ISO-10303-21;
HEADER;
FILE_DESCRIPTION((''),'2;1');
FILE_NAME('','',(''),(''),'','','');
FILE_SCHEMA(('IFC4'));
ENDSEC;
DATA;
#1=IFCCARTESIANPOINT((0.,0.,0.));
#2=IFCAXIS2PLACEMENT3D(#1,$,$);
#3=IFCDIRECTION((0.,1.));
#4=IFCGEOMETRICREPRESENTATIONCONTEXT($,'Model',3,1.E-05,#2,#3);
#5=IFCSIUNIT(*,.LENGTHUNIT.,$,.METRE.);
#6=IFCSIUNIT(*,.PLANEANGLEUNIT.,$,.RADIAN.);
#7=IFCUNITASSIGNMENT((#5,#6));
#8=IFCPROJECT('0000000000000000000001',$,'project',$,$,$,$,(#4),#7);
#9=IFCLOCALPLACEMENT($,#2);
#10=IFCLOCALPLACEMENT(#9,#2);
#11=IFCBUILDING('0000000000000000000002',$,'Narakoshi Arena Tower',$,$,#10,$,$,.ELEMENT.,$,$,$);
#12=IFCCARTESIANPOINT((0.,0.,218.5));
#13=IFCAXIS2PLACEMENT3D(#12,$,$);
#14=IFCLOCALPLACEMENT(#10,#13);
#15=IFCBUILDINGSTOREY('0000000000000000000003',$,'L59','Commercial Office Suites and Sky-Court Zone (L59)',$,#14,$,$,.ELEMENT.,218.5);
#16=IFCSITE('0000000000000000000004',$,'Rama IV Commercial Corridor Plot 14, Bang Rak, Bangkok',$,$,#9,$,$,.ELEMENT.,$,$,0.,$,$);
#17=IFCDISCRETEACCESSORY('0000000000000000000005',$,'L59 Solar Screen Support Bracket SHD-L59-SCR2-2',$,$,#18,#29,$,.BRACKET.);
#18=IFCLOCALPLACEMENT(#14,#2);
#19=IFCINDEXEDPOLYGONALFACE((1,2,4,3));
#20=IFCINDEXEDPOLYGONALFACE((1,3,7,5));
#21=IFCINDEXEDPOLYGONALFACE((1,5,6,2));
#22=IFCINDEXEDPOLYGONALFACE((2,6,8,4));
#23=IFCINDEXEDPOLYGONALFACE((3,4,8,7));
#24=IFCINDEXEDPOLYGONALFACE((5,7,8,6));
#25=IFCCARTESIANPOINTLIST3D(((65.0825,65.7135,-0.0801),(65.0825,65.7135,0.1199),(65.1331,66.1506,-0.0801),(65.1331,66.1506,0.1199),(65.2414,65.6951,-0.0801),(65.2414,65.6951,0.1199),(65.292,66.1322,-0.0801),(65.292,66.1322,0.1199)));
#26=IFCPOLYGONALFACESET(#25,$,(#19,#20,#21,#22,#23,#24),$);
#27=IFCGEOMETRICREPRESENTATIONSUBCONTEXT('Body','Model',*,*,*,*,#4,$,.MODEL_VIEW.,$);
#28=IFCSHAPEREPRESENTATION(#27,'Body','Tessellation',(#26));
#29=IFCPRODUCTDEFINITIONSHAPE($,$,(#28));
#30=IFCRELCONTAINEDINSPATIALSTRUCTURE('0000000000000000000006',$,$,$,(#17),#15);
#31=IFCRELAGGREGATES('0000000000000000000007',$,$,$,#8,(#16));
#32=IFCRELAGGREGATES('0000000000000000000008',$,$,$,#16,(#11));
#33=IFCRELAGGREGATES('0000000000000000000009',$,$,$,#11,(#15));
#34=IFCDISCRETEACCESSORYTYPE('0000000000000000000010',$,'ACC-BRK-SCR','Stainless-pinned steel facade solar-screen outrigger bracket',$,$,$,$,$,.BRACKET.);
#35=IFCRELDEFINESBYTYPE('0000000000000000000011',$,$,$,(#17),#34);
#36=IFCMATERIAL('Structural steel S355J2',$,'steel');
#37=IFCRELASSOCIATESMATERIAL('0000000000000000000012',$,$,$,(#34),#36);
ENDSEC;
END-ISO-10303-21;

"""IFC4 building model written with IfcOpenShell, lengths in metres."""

from ifc_helpers import new_model, si_unit, direction, frame, origin, origin_2d, place, context, subcontext, project, spatial, rectangle, extrude, material, type_object, element, save


model = new_model("IFC4")

# Units and contexts
model_context = context("Model", 3, precision=1e-05, world=origin(), true_north=direction((0.0, 1.0)))
body_context = subcontext(model_context, "Body", "Model", "MODEL_VIEW")
ifc_project = project(units=[si_unit("LENGTHUNIT", "METRE"), si_unit("PLANEANGLEUNIT", "RADIAN")], contexts=[model_context])

# Site, building, storey
site_placement = place(None, origin())
site = spatial("IfcSite", under=ifc_project, at=site_placement, Name="Rama IV Commercial Corridor Plot 14, Bang Rak, Bangkok", CompositionType="ELEMENT", RefElevation=0.0)
building_placement = place(site_placement, origin())
building = spatial("IfcBuilding", under=site, at=building_placement, Name="Narakoshi Arena Tower", CompositionType="ELEMENT")
storey_placement = place(building_placement, frame((0.0, 0.0, 218.5)))
storey = spatial("IfcBuildingStorey", under=building, at=storey_placement, Name="L59", Description="Commercial Office Suites and Sky-Court Zone (L59)", CompositionType="ELEMENT", Elevation=218.5)

# Shared definitions
ifc_material_1 = material(Name="Structural steel S355J2", Category="steel")

# Discrete accessory
discrete_accessory_type = type_object("IfcDiscreteAccessoryType", Name="ACC-BRK-SCR", Description="Stainless-pinned steel facade solar-screen outrigger bracket", PredefinedType="BRACKET", material=ifc_material_1)
discrete_accessory_placement = place(storey_placement, frame((65.1873, 65.9229, -0.0801), z_axis=(0.0, 0.0, 1.0), x_axis=(-0.993365, 0.115007, 0.0)))
element("IfcDiscreteAccessory", 1, at=discrete_accessory_placement, inside=storey, type_object=discrete_accessory_type, Name="L59 Solar Screen Support Bracket SHD-L59-SCR2-2", PredefinedType="BRACKET", context=body_context, shape_type="SweptSolid", body=[
    extrude(rectangle(XDim=0.1599, YDim=0.4399, at=origin_2d()), origin(), (0.0, 0.0, 1.0), 0.2),
])

save(model, "model.ifc")
